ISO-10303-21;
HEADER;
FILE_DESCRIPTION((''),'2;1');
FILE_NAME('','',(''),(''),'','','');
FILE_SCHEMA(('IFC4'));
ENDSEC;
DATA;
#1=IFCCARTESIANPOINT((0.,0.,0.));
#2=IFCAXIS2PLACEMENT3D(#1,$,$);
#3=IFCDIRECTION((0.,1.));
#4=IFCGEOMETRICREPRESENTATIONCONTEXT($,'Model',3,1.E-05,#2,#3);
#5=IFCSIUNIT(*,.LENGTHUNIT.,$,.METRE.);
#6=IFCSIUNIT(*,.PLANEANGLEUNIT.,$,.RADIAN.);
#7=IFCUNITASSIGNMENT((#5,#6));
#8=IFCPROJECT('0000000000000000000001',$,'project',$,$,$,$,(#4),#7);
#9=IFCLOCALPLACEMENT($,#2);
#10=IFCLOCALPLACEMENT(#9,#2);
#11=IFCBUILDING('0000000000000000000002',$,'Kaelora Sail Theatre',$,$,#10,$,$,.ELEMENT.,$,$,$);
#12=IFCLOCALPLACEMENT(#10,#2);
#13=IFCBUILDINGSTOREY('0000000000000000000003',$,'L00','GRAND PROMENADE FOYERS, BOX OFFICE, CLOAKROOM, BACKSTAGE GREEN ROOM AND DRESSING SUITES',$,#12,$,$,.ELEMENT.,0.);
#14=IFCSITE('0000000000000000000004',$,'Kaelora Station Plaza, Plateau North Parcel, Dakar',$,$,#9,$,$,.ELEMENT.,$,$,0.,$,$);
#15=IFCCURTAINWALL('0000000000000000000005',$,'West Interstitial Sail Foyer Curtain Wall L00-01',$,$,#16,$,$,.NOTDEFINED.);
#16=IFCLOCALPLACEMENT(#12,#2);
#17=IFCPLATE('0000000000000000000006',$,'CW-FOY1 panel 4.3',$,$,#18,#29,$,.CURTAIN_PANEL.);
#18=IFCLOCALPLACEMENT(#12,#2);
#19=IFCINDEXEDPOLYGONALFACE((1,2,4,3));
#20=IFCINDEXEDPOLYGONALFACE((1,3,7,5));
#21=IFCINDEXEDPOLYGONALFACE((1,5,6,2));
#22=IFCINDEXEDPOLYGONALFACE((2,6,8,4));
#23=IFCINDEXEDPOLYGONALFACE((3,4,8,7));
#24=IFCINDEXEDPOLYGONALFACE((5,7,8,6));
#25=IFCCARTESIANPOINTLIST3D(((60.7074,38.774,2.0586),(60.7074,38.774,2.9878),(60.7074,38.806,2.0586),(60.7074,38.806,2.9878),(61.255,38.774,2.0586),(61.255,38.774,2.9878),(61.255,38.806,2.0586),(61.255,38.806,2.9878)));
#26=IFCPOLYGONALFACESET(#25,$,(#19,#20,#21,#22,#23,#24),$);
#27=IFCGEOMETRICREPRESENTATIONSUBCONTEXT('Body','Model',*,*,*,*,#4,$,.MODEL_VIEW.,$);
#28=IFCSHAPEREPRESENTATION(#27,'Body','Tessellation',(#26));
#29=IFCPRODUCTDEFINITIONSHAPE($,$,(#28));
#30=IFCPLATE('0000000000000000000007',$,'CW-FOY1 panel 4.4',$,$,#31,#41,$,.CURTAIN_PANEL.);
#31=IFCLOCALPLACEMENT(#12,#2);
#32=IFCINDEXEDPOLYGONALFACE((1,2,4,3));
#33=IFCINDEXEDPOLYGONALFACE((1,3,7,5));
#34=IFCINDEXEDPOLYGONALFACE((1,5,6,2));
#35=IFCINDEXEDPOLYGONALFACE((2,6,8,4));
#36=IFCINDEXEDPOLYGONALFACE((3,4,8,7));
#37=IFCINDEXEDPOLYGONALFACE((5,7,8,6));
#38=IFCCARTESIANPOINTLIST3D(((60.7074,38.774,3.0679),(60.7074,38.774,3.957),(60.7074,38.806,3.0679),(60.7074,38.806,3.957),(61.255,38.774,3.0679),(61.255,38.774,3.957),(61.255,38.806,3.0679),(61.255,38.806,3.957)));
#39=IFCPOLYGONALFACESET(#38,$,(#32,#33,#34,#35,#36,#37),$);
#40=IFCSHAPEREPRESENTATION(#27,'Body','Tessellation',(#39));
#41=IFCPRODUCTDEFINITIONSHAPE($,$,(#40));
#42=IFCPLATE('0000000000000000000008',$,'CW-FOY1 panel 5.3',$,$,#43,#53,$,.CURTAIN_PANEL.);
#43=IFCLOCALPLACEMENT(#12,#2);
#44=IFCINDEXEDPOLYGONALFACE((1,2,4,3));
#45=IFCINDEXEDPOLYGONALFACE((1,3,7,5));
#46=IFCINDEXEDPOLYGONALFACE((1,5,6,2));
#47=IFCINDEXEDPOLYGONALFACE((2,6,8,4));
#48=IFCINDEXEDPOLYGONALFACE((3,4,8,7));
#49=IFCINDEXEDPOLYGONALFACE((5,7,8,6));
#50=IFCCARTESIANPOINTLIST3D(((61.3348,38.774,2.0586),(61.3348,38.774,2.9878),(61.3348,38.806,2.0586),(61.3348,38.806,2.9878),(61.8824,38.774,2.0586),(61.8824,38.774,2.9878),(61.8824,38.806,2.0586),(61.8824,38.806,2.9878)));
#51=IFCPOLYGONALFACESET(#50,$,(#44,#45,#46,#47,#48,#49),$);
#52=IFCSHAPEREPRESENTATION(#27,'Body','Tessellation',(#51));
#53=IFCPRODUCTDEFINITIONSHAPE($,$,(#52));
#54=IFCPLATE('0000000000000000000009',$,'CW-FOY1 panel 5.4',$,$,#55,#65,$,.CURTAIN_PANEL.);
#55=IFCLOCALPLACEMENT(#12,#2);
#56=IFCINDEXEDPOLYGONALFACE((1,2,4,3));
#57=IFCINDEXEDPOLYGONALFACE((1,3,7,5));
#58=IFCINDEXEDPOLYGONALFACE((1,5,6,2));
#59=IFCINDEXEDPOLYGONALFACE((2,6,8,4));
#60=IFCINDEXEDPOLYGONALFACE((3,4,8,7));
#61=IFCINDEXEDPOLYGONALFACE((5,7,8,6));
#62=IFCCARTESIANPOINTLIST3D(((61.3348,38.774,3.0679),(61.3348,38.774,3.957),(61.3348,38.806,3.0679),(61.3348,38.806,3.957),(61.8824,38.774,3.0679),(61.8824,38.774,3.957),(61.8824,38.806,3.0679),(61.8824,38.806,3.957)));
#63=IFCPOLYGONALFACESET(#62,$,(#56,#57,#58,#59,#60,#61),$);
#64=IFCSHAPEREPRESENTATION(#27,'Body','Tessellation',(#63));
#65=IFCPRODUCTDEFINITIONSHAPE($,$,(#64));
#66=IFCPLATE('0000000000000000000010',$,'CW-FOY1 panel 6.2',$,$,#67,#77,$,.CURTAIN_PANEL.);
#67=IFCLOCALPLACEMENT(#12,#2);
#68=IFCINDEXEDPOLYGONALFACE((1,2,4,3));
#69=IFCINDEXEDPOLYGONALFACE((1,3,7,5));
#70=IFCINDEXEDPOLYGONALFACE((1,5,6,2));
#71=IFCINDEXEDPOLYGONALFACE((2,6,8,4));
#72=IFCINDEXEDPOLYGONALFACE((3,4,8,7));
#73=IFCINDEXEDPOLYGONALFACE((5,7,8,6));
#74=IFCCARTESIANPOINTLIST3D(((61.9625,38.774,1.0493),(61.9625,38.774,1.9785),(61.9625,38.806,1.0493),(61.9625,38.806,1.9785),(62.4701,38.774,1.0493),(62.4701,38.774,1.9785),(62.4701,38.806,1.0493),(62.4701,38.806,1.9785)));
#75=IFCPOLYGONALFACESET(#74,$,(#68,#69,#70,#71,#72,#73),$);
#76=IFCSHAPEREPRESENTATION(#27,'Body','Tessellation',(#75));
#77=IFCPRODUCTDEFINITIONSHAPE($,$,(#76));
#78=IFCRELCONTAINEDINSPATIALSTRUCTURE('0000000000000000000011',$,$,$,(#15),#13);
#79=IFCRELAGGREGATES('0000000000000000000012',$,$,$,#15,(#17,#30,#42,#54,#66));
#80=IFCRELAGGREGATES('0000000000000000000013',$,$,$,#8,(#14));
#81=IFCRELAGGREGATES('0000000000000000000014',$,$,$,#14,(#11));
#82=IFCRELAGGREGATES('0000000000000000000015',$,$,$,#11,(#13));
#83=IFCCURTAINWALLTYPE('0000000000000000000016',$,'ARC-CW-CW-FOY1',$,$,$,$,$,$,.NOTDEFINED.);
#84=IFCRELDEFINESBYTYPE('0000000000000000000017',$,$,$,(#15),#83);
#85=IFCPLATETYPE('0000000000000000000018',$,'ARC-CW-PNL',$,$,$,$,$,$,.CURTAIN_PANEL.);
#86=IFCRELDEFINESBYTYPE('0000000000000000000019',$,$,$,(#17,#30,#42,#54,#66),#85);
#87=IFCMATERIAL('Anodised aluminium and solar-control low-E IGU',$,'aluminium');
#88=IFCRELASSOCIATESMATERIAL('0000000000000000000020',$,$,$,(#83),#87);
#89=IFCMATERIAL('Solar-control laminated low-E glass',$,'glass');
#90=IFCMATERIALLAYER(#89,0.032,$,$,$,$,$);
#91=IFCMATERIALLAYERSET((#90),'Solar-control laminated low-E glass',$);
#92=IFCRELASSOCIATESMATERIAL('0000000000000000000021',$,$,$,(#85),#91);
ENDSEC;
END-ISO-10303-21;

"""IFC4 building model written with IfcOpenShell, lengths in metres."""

from ifc_helpers import new_model, si_unit, direction, frame, origin, origin_2d, place, context, subcontext, project, spatial, rectangle, extrude, material, layer, layer_set, type_object, element, aggregate, save


model = new_model("IFC4")

# Units and contexts
model_context = context("Model", 3, precision=1e-05, world=origin(), true_north=direction((0.0, 1.0)))
body_context = subcontext(model_context, "Body", "Model", "MODEL_VIEW")
ifc_project = project(units=[si_unit("LENGTHUNIT", "METRE"), si_unit("PLANEANGLEUNIT", "RADIAN")], contexts=[model_context])

# Site, building, storey
site_placement = place(None, origin())
site = spatial("IfcSite", under=ifc_project, at=site_placement, Name="Kaelora Station Plaza, Plateau North Parcel, Dakar", CompositionType="ELEMENT", RefElevation=0.0)
building_placement = place(site_placement, origin())
building = spatial("IfcBuilding", under=site, at=building_placement, Name="Kaelora Sail Theatre", CompositionType="ELEMENT")
storey_placement = place(building_placement, origin())
storey = spatial("IfcBuildingStorey", under=building, at=storey_placement, Name="L00", Description="GRAND PROMENADE FOYERS, BOX OFFICE, CLOAKROOM, BACKSTAGE GREEN ROOM AND DRESSING SUITES", CompositionType="ELEMENT", Elevation=0.0)

# Curtain wall, plates
ifc_material_1 = material(Name="Anodised aluminium and solar-control low-E IGU", Category="aluminium")
curtain_wall_type = type_object("IfcCurtainWallType", Name="ARC-CW-CW-FOY1", PredefinedType="NOTDEFINED", material=ifc_material_1)
curtain_wall_placement = place(storey_placement, origin())
curtain_wall = element("IfcCurtainWall", 1, at=curtain_wall_placement, inside=storey, type_object=curtain_wall_type, Name="West Interstitial Sail Foyer Curtain Wall L00-01", PredefinedType="NOTDEFINED")
ifc_material_2 = material(Name="Solar-control laminated low-E glass", Category="glass")
ifc_layer = layer(ifc_material_2, 0.032)
ifc_layer_set = layer_set([ifc_layer], Name="Solar-control laminated low-E glass")
plate_type = type_object("IfcPlateType", Name="ARC-CW-PNL", PredefinedType="CURTAIN_PANEL", material=ifc_layer_set)
plate_1_placement = place(storey_placement, frame((60.9812, 38.79, 2.0586), z_axis=(0.0, 0.0, 1.0), x_axis=(1.0, 0.0, 0.0)))
plate_1 = element("IfcPlate", 2, at=plate_1_placement, type_object=plate_type, Name="CW-FOY1 panel 4.3", PredefinedType="CURTAIN_PANEL", context=body_context, shape_type="SweptSolid", body=[
    extrude(rectangle(XDim=0.5476, YDim=0.032, at=origin_2d()), origin(), (0.0, 0.0, 1.0), 0.9292),
])
plate_2_placement = place(storey_placement, frame((60.9812, 38.79, 3.0679), z_axis=(0.0, 0.0, 1.0), x_axis=(1.0, 0.0, 0.0)))
plate_2 = element("IfcPlate", 3, at=plate_2_placement, type_object=plate_type, Name="CW-FOY1 panel 4.4", PredefinedType="CURTAIN_PANEL", context=body_context, shape_type="SweptSolid", body=[
    extrude(rectangle(XDim=0.5476, YDim=0.032, at=origin_2d()), origin(), (0.0, 0.0, 1.0), 0.8892),
])
plate_3_placement = place(storey_placement, frame((61.6086, 38.79, 2.0586), z_axis=(0.0, 0.0, 1.0), x_axis=(1.0, 0.0, 0.0)))
plate_3 = element("IfcPlate", 4, at=plate_3_placement, type_object=plate_type, Name="CW-FOY1 panel 5.3", PredefinedType="CURTAIN_PANEL", context=body_context, shape_type="SweptSolid", body=[
    extrude(rectangle(XDim=0.5476, YDim=0.032, at=origin_2d()), origin(), (0.0, 0.0, 1.0), 0.9292),
])
plate_4_placement = place(storey_placement, frame((61.6086, 38.79, 3.0679), z_axis=(0.0, 0.0, 1.0), x_axis=(1.0, 0.0, 0.0)))
plate_4 = element("IfcPlate", 5, at=plate_4_placement, type_object=plate_type, Name="CW-FOY1 panel 5.4", PredefinedType="CURTAIN_PANEL", context=body_context, shape_type="SweptSolid", body=[
    extrude(rectangle(XDim=0.5476, YDim=0.032, at=origin_2d()), origin(), (0.0, 0.0, 1.0), 0.8892),
])
plate_5_placement = place(storey_placement, frame((62.2163, 38.79, 1.0493), z_axis=(0.0, 0.0, 1.0), x_axis=(1.0, 0.0, 0.0)))
plate_5 = element("IfcPlate", 6, at=plate_5_placement, type_object=plate_type, Name="CW-FOY1 panel 6.2", PredefinedType="CURTAIN_PANEL", context=body_context, shape_type="SweptSolid", body=[
    extrude(rectangle(XDim=0.5076, YDim=0.032, at=origin_2d()), origin(), (0.0, 0.0, 1.0), 0.9292),
])
aggregate(curtain_wall, [plate_1, plate_2, plate_3, plate_4, plate_5])

save(model, "model.ifc")
